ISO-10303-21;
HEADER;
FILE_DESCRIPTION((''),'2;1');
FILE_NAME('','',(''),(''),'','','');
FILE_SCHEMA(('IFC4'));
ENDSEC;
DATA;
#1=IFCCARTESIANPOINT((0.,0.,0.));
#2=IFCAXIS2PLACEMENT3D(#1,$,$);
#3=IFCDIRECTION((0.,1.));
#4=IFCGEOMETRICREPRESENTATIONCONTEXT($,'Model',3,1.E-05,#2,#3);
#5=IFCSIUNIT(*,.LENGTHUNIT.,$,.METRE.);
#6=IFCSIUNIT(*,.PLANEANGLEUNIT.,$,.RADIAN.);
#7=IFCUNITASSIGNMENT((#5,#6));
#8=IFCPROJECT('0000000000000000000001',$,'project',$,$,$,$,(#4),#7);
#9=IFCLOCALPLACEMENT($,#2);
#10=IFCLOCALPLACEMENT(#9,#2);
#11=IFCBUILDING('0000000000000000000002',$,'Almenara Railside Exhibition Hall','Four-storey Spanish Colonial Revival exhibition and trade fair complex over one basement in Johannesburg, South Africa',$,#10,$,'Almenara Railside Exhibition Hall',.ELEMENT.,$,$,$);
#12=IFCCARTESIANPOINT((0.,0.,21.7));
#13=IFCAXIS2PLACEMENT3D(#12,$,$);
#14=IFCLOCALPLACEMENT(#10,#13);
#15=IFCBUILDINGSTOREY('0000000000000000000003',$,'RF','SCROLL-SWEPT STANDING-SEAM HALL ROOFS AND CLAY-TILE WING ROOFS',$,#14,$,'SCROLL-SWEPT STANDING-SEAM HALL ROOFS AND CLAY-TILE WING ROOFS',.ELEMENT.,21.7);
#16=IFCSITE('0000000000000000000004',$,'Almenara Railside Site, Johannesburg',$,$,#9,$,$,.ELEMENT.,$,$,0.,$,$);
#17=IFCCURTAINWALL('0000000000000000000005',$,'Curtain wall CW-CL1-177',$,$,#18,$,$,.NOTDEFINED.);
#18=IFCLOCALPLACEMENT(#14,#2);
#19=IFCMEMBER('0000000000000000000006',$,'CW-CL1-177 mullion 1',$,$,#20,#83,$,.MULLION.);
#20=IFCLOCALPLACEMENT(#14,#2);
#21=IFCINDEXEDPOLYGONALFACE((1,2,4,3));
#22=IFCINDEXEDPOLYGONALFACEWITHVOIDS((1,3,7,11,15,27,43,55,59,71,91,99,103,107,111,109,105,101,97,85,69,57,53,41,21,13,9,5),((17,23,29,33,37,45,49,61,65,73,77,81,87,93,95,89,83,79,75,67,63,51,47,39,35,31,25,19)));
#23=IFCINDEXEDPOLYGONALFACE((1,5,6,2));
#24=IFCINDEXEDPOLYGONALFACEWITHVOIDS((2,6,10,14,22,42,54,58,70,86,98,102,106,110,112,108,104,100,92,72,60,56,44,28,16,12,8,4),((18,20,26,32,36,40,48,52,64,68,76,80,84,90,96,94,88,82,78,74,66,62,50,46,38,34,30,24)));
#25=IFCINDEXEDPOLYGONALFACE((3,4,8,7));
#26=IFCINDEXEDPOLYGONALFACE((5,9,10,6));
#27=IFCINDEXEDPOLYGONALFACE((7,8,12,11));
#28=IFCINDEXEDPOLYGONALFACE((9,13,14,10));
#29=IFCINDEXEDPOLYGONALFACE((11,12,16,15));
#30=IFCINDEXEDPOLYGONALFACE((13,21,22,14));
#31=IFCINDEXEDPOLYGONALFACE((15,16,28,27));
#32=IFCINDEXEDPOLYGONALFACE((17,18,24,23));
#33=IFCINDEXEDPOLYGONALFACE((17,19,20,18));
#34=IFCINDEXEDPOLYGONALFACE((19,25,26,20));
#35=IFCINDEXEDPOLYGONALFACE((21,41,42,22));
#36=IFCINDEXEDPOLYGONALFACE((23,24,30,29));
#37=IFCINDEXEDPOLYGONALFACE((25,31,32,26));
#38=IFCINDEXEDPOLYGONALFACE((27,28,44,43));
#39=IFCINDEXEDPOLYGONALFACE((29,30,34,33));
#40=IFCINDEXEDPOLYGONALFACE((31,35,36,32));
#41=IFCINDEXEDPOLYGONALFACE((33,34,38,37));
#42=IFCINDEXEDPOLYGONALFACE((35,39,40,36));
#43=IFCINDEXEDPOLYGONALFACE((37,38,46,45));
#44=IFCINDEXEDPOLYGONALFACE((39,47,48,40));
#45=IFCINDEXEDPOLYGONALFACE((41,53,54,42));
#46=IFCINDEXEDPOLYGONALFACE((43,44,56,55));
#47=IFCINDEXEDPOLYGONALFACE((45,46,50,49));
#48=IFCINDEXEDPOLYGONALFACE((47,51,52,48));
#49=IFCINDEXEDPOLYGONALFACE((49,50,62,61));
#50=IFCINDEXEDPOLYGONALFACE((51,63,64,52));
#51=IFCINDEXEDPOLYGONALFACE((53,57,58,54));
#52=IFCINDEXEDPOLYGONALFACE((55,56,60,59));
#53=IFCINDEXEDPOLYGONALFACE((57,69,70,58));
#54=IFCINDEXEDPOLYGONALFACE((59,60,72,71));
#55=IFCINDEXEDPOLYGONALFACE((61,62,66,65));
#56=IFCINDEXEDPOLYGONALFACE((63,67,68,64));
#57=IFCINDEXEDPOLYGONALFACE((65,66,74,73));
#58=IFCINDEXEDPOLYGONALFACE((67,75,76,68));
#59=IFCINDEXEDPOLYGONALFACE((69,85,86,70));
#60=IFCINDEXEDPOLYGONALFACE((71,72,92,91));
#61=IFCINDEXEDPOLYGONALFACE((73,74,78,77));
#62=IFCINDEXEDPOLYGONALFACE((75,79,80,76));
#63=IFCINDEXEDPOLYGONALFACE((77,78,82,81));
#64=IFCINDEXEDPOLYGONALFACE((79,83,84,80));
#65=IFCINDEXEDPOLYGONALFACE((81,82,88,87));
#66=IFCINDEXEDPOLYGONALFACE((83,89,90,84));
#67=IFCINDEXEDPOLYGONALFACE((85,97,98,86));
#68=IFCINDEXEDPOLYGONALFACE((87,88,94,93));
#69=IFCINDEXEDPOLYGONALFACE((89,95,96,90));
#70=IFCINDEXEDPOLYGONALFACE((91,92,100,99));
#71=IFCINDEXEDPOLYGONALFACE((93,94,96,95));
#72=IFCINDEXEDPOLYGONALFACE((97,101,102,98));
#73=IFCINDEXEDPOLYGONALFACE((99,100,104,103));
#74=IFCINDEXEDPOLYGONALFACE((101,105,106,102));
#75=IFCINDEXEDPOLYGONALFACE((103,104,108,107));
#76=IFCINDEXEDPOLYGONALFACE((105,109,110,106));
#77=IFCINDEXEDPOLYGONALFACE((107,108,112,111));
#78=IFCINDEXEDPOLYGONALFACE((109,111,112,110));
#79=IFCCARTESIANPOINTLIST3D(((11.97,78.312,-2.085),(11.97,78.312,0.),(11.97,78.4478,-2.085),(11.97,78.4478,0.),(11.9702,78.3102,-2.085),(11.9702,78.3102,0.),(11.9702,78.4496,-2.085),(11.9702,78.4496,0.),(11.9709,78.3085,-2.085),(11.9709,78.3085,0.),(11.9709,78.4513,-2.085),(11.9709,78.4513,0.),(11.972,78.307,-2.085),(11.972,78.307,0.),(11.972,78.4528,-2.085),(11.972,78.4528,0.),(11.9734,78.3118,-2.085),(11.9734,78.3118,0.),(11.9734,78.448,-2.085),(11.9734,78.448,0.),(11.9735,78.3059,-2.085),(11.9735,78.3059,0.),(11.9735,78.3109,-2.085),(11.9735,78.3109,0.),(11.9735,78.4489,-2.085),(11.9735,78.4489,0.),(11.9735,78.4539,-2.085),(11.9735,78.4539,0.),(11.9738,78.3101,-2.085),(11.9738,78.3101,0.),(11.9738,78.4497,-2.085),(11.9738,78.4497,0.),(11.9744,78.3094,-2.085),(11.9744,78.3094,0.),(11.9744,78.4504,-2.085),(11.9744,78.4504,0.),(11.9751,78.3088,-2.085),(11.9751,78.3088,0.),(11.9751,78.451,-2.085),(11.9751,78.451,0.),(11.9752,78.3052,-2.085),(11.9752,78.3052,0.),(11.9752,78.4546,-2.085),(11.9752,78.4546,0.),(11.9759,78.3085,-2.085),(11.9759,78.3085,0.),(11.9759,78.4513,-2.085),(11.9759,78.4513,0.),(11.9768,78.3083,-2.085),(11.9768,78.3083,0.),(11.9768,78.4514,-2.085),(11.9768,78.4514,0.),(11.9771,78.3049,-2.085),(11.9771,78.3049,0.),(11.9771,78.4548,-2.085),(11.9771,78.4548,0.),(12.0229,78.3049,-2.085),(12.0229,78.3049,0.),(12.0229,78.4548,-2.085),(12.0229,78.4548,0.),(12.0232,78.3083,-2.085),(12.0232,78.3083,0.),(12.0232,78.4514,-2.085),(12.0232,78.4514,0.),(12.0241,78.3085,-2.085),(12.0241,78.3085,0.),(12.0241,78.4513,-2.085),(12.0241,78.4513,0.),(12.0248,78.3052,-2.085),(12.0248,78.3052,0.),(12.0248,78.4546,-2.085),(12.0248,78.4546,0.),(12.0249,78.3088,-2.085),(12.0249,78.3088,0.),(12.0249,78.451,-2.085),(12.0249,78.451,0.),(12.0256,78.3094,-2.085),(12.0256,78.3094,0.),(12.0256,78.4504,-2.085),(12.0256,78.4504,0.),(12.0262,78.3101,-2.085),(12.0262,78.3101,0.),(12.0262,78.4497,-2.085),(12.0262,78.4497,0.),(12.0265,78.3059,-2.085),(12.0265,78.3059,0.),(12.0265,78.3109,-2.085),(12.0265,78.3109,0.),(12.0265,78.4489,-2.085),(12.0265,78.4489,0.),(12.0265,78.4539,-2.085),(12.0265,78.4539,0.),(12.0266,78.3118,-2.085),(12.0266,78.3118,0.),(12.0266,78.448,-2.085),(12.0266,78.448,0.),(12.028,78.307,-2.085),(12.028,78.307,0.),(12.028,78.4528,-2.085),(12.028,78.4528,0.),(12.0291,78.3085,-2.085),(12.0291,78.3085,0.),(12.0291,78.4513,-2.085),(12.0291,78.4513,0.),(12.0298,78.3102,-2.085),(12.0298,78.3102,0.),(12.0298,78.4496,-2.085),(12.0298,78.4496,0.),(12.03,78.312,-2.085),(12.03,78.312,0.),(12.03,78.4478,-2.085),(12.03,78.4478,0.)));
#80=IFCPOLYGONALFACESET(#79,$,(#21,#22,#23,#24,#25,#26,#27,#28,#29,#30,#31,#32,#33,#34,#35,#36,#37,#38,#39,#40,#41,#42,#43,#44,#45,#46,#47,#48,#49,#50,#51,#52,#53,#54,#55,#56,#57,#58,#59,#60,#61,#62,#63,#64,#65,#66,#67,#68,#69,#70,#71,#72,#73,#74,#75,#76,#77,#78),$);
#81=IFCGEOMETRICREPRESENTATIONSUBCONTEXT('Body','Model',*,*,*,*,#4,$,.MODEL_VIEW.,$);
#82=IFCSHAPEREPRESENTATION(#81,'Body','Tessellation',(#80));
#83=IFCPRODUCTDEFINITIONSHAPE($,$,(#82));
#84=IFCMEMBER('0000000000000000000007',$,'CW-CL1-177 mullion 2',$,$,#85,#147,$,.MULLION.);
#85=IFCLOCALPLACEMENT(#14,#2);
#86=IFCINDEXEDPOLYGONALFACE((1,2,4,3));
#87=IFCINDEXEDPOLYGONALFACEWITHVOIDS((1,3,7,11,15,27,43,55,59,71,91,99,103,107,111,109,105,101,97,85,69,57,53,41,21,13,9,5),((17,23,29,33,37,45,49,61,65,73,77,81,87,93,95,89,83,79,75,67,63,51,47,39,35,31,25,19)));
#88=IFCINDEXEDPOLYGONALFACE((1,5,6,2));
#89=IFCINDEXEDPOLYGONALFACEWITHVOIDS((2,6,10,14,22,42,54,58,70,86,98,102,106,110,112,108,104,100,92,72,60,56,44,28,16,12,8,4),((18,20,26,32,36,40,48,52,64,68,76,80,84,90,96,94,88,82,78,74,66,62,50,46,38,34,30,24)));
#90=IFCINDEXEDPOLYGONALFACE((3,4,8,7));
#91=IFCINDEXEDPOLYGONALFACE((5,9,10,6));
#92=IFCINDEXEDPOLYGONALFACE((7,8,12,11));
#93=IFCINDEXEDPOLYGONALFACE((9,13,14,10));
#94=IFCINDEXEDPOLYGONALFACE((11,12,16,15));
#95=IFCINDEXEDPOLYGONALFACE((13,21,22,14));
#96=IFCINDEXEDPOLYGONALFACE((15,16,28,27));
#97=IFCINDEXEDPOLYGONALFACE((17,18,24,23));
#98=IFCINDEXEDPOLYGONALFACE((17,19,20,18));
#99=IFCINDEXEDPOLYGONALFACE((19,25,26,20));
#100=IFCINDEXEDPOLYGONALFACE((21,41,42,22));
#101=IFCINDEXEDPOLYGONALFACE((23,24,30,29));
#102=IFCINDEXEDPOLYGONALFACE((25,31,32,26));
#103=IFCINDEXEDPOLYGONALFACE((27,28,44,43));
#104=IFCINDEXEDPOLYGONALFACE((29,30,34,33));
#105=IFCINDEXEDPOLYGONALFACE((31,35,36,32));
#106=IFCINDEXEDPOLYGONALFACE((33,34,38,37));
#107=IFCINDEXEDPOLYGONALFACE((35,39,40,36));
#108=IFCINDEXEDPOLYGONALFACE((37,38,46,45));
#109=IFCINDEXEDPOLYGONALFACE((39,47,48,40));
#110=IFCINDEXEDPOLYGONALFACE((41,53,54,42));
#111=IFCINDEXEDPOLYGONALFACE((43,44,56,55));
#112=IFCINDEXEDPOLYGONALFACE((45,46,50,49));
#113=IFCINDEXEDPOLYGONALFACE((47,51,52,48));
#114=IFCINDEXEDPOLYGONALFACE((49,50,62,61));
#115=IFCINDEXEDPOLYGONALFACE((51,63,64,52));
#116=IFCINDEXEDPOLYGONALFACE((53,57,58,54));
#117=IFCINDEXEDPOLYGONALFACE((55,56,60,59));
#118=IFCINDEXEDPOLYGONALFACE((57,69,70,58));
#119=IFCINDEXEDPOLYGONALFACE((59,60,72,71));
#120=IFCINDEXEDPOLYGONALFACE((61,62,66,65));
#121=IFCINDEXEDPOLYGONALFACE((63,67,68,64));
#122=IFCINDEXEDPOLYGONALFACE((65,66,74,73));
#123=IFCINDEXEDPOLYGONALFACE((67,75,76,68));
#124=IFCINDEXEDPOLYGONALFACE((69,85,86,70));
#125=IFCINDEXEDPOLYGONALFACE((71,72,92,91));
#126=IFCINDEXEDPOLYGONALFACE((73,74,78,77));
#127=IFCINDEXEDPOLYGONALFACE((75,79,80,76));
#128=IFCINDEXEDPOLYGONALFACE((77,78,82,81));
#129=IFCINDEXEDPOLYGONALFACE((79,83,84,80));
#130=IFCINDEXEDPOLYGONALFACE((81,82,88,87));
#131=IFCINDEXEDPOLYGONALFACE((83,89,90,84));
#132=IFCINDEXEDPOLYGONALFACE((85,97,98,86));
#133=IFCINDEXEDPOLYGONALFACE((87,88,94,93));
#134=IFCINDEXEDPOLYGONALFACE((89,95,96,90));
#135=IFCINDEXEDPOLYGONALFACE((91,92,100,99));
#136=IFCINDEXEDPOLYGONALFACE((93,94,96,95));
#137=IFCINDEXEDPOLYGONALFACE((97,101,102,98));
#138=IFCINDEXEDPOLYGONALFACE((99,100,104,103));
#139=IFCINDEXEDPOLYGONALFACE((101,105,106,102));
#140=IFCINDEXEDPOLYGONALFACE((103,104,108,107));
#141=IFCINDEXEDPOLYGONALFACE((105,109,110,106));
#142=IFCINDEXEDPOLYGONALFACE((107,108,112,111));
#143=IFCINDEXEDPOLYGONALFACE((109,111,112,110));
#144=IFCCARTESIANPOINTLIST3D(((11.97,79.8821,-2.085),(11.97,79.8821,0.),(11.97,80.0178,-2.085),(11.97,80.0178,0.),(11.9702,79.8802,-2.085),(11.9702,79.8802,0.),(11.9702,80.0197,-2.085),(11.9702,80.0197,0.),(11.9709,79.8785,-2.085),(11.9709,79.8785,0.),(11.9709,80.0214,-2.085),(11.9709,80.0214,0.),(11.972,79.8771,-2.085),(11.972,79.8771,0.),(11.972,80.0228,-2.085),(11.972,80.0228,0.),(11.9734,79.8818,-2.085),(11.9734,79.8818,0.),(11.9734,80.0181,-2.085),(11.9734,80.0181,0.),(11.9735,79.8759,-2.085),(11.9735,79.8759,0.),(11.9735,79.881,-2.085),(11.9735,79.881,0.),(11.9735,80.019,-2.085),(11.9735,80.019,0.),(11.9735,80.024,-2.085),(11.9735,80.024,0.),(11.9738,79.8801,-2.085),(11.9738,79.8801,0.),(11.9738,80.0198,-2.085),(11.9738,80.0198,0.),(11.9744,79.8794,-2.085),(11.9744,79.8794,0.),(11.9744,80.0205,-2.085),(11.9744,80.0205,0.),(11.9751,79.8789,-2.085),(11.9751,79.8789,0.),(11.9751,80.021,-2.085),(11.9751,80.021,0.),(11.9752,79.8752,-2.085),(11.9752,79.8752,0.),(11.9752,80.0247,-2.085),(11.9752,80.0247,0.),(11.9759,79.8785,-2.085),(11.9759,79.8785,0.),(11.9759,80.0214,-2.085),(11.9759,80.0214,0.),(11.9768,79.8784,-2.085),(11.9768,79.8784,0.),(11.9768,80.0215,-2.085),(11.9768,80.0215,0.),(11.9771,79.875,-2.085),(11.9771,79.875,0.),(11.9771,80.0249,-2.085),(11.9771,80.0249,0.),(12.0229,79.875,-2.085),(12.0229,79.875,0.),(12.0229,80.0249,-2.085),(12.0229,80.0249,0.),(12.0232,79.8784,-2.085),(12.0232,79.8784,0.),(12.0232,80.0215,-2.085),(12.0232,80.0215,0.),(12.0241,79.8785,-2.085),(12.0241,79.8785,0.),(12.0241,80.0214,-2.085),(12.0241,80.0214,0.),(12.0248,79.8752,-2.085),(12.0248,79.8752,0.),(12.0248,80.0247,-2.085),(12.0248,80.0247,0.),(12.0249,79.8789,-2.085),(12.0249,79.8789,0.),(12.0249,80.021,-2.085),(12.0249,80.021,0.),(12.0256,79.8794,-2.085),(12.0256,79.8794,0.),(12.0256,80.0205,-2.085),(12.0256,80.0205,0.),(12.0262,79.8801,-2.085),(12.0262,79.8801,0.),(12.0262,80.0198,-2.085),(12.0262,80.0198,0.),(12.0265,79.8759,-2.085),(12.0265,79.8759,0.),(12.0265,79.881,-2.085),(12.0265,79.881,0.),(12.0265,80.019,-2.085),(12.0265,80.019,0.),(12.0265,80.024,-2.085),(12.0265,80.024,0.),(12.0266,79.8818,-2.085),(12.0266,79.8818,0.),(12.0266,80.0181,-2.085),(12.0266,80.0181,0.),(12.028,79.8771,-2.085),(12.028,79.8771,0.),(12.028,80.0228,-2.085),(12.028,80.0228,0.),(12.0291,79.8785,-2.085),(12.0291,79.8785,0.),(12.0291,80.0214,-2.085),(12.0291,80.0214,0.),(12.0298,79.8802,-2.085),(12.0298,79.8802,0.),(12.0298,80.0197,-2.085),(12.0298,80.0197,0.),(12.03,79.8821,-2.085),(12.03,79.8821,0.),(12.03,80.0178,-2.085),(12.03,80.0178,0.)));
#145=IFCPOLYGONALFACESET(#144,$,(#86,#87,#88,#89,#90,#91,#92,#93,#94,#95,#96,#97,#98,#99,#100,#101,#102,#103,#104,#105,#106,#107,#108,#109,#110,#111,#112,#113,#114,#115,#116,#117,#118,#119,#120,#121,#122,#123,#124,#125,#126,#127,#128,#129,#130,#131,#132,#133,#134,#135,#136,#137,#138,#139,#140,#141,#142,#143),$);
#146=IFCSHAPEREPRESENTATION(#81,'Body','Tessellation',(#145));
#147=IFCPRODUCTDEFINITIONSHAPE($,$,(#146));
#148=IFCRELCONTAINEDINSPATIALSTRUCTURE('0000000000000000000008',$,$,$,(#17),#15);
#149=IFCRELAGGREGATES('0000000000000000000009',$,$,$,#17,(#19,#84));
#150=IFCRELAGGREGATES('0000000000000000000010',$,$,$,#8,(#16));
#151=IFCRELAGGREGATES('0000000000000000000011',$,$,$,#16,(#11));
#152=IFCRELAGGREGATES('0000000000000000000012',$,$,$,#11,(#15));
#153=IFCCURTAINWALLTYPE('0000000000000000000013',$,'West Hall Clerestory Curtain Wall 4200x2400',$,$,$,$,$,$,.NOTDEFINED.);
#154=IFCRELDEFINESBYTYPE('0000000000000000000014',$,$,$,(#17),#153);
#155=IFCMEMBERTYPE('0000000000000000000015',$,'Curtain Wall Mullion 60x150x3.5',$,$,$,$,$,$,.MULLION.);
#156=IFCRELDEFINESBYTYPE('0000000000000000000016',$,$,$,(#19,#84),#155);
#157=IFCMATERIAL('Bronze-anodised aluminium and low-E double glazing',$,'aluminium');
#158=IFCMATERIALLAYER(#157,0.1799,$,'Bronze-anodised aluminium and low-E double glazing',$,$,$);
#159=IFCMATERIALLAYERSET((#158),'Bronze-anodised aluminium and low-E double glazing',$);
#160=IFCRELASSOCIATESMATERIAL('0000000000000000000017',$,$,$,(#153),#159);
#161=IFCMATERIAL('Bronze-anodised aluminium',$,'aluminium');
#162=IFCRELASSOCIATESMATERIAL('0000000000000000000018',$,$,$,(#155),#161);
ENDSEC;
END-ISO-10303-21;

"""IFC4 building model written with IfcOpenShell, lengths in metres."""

from ifc_helpers import new_model, si_unit, direction, frame, origin, origin_2d, place, context, subcontext, project, spatial, hollow_rectangle, extrude, material, layer, layer_set, material_profile, profile_set, type_object, element, aggregate, save


model = new_model("IFC4")

# Units and contexts
model_context = context("Model", 3, precision=1e-05, world=origin(), true_north=direction((0.0, 1.0)))
body_context = subcontext(model_context, "Body", "Model", "MODEL_VIEW")
ifc_project = project(units=[si_unit("LENGTHUNIT", "METRE"), si_unit("PLANEANGLEUNIT", "RADIAN")], contexts=[model_context])

# Site, building, storey
site_placement = place(None, origin())
site = spatial("IfcSite", under=ifc_project, at=site_placement, Name="Almenara Railside Site, Johannesburg", CompositionType="ELEMENT", RefElevation=0.0)
building_placement = place(site_placement, origin())
building = spatial("IfcBuilding", under=site, at=building_placement, Name="Almenara Railside Exhibition Hall", Description="Four-storey Spanish Colonial Revival exhibition and trade fair complex over one basement in Johannesburg, South Africa", LongName="Almenara Railside Exhibition Hall", CompositionType="ELEMENT")
storey_placement = place(building_placement, frame((0.0, 0.0, 21.7)))
storey = spatial("IfcBuildingStorey", under=building, at=storey_placement, Name="RF", Description="SCROLL-SWEPT STANDING-SEAM HALL ROOFS AND CLAY-TILE WING ROOFS", LongName="SCROLL-SWEPT STANDING-SEAM HALL ROOFS AND CLAY-TILE WING ROOFS", CompositionType="ELEMENT", Elevation=21.7)

# Curtain wall, members
ifc_material_1 = material(Name="Bronze-anodised aluminium and low-E double glazing", Category="aluminium")
ifc_layer_1 = layer(ifc_material_1, 0.1799, Name="Bronze-anodised aluminium and low-E double glazing")
ifc_layer_set_1 = layer_set([ifc_layer_1], Name="Bronze-anodised aluminium and low-E double glazing")
curtain_wall_type = type_object("IfcCurtainWallType", Name="West Hall Clerestory Curtain Wall 4200x2400", PredefinedType="NOTDEFINED", material=ifc_layer_set_1)
curtain_wall_1_placement = place(storey_placement, origin())
curtain_wall_1 = element("IfcCurtainWall", 1, at=curtain_wall_1_placement, inside=storey, type_object=curtain_wall_type, Name="Curtain wall CW-CL1-177", PredefinedType="NOTDEFINED")
ifc_material_2 = material(Name="Bronze-anodised aluminium", Category="aluminium")
ifc_material_profile_1 = material_profile(ifc_material_2, hollow_rectangle(XDim=0.0601, YDim=0.1499, WallThickness=0.0034, InnerFilletRadius=0.0034, OuterFilletRadius=0.0071, at=origin_2d()), Name="ALU-MUL 60x150x3.5")
ifc_profile_set_1 = profile_set([ifc_material_profile_1], Name="Bronze-anodised aluminium")
member_type_1 = type_object("IfcMemberType", Name="Curtain Wall Mullion 60x150x3.5", PredefinedType="MULLION", material=ifc_profile_set_1)
member_1_placement = place(storey_placement, frame((12.0, 78.3799, -2.085), z_axis=(0.0, 0.0, 1.0), x_axis=(-1.0, 0.0, 0.0)))
member_1 = element("IfcMember", 2, at=member_1_placement, type_object=member_type_1, Name="CW-CL1-177 mullion 1", PredefinedType="MULLION", context=body_context, shape_type="SweptSolid", body=[
    extrude(hollow_rectangle(XDim=0.0601, YDim=0.1499, WallThickness=0.0034, InnerFilletRadius=0.0034, OuterFilletRadius=0.0071, at=origin_2d()), origin(), (0.0, 0.0, 1.0), 2.085),
])
member_2_placement = place(storey_placement, frame((12.0, 79.95, -2.085), z_axis=(0.0, 0.0, 1.0), x_axis=(-1.0, 0.0, 0.0)))
member_2 = element("IfcMember", 3, at=member_2_placement, type_object=member_type_1, Name="CW-CL1-177 mullion 2", PredefinedType="MULLION", context=body_context, shape_type="SweptSolid", body=[
    extrude(hollow_rectangle(XDim=0.0601, YDim=0.1499, WallThickness=0.0034, InnerFilletRadius=0.0034, OuterFilletRadius=0.0071, at=origin_2d()), origin(), (0.0, 0.0, 1.0), 2.085),
])

aggregate(curtain_wall_1, [member_1, member_2])

save(model, "model.ifc")
